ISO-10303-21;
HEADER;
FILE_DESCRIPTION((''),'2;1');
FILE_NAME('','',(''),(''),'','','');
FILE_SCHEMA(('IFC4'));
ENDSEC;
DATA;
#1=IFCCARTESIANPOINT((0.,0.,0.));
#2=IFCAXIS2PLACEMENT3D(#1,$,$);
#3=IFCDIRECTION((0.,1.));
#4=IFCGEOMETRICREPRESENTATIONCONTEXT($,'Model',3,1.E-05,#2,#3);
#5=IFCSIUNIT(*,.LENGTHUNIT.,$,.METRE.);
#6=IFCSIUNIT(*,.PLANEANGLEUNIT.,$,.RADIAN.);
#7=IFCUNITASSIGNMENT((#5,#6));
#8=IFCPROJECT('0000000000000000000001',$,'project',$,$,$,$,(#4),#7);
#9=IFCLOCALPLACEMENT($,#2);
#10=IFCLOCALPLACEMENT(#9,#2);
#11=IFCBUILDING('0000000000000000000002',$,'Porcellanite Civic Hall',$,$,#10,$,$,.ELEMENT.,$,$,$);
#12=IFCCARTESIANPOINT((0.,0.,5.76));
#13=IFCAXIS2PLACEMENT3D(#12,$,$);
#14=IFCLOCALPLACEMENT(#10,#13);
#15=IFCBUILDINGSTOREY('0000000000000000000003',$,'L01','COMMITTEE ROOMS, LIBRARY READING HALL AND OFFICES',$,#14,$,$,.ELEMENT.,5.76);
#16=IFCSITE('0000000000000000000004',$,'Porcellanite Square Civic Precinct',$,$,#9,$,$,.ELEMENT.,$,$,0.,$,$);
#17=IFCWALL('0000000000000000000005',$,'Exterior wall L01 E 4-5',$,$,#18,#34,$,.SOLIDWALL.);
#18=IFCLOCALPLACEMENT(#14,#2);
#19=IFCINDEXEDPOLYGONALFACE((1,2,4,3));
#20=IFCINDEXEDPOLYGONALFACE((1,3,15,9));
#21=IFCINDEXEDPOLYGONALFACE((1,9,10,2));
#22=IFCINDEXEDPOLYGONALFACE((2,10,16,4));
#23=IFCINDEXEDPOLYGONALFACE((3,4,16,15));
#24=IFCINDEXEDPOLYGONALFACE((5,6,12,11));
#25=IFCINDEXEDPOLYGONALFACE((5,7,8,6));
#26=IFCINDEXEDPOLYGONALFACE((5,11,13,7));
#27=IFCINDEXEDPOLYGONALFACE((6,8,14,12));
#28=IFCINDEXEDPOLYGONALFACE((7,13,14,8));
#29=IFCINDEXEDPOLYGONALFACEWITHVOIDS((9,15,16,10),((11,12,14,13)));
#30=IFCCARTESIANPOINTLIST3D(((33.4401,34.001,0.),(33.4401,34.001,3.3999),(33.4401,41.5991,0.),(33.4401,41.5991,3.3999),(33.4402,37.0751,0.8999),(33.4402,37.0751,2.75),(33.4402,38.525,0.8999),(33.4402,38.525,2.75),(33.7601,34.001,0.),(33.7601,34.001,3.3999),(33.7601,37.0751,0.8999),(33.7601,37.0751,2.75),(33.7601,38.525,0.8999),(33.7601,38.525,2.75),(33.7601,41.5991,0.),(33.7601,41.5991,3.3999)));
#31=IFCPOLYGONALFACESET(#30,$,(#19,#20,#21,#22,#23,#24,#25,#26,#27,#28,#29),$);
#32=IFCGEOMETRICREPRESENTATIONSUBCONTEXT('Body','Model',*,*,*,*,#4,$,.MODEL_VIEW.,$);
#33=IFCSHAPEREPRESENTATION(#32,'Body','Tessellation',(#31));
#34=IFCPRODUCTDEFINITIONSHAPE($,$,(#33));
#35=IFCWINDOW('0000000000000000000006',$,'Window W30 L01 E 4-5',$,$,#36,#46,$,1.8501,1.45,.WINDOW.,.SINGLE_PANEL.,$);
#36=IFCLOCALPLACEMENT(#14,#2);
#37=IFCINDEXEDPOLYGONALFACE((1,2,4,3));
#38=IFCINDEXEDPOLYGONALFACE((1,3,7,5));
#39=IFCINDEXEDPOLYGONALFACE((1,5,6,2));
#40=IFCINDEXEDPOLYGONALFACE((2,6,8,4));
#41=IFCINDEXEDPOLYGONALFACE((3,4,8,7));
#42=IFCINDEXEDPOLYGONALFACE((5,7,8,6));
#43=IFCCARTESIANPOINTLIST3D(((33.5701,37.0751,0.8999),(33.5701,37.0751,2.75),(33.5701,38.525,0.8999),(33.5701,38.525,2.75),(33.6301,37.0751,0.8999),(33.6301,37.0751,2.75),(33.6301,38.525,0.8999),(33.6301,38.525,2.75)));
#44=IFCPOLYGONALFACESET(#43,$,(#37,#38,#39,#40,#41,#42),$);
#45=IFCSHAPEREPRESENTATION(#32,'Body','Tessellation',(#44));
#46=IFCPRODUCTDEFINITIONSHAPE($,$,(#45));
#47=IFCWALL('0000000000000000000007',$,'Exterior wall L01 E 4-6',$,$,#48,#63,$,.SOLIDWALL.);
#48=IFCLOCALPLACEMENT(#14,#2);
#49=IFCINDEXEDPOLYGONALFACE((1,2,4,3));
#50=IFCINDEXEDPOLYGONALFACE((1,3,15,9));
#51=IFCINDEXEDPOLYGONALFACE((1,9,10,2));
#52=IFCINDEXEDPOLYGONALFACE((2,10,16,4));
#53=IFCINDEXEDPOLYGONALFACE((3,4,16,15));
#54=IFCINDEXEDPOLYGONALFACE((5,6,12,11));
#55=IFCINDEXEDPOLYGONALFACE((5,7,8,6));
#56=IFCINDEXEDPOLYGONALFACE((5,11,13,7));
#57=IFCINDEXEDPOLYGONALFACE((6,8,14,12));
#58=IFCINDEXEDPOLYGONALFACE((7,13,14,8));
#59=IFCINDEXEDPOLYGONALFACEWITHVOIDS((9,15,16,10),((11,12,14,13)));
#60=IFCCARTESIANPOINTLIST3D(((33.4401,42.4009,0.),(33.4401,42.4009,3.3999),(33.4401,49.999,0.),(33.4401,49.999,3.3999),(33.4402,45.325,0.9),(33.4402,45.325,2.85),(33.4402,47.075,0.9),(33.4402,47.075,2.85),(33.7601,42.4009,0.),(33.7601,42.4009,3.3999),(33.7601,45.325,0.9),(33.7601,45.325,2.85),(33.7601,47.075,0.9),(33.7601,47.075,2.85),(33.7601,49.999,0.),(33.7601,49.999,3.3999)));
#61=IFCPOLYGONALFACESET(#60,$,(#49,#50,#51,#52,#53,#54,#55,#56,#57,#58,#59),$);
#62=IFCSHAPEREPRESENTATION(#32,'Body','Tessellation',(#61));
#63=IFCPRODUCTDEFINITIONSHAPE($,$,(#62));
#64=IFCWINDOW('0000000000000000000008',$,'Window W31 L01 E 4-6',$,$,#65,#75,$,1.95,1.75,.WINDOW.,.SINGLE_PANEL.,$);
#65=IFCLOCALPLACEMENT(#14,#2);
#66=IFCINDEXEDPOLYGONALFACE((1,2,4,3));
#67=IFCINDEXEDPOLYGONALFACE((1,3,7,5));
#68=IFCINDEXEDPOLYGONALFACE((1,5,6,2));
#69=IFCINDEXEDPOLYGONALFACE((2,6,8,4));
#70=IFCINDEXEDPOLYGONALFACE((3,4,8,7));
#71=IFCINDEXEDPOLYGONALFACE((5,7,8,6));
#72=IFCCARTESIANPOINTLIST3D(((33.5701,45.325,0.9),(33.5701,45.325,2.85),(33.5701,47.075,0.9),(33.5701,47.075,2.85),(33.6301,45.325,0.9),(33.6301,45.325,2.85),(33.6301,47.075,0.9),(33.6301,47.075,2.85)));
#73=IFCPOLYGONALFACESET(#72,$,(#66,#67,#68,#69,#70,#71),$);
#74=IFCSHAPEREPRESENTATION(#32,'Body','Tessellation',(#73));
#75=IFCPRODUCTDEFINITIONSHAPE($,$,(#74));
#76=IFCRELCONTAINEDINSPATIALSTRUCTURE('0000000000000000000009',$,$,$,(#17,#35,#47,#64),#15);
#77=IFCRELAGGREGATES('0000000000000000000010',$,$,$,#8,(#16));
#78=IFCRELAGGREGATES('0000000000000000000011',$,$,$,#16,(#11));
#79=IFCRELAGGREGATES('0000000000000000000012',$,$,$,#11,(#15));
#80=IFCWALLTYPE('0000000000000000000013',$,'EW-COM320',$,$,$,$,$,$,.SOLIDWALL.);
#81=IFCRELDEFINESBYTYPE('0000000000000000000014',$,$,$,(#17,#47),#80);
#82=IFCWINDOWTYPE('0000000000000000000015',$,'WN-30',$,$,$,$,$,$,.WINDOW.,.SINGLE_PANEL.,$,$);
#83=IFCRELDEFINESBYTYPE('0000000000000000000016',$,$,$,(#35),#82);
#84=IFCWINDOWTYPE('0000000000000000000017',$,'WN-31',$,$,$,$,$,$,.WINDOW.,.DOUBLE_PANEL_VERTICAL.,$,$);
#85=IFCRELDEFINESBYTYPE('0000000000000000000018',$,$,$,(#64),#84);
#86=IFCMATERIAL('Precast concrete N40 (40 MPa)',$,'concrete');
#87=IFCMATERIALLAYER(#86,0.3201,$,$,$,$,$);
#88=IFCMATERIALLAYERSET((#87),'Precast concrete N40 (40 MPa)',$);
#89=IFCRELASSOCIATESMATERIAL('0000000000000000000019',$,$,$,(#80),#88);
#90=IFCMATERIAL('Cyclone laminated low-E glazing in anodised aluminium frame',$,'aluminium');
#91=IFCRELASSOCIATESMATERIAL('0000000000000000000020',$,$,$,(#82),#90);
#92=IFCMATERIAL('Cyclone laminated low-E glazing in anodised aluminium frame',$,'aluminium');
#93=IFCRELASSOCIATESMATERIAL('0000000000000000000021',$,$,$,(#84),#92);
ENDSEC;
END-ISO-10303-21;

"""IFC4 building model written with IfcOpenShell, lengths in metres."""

from ifc_helpers import new_model, si_unit, direction, frame, frame_2d, origin, place, context, subcontext, project, spatial, rectangle, extrude, material, layer, layer_set, type_object, element, fill, save


model = new_model("IFC4")

# Units and contexts
model_context = context("Model", 3, precision=1e-05, world=origin(), true_north=direction((0.0, 1.0)))
body_context = subcontext(model_context, "Body", "Model", "MODEL_VIEW")
ifc_project = project(units=[si_unit("LENGTHUNIT", "METRE"), si_unit("PLANEANGLEUNIT", "RADIAN")], contexts=[model_context])

# Site, building, storey
site_placement = place(None, origin())
site = spatial("IfcSite", under=ifc_project, at=site_placement, Name="Porcellanite Square Civic Precinct", CompositionType="ELEMENT", RefElevation=0.0)
building_placement = place(site_placement, origin())
building = spatial("IfcBuilding", under=site, at=building_placement, Name="Porcellanite Civic Hall", CompositionType="ELEMENT")
storey_placement = place(building_placement, frame((0.0, 0.0, 5.76)))
storey = spatial("IfcBuildingStorey", under=building, at=storey_placement, Name="L01", Description="COMMITTEE ROOMS, LIBRARY READING HALL AND OFFICES", CompositionType="ELEMENT", Elevation=5.76)

# Walls, openings, windows
ifc_material_1 = material(Name="Precast concrete N40 (40 MPa)", Category="concrete")
ifc_layer_1 = layer(ifc_material_1, 0.3201)
ifc_layer_set_1 = layer_set([ifc_layer_1], Name="Precast concrete N40 (40 MPa)")
wall_type_1 = type_object("IfcWallType", Name="EW-COM320", PredefinedType="SOLIDWALL", material=ifc_layer_set_1)
wall_1_placement = place(storey_placement, frame((33.6001, 41.5991, 0.0), z_axis=(0.0, 0.0, 1.0), x_axis=(0.0, -1.0, 0.0)))
wall_1 = element("IfcWall", 1, at=wall_1_placement, inside=storey, type_object=wall_type_1, Name="Exterior wall L01 E 4-5", PredefinedType="SOLIDWALL", context=body_context, shape_type="SweptSolid", body=[
    extrude(rectangle(XDim=7.5981, YDim=0.3201, at=frame_2d((3.7991, 0.0))), origin(), (0.0, 0.0, 1.0), 3.3999),
])
opening_1_placement = place(wall_1_placement, frame((3.074, 0.0, 0.8999)))
opening_1 = element("IfcOpeningElement", 2, at=opening_1_placement, cuts=wall_1, PredefinedType="OPENING", context=body_context, shape_type="SweptSolid", body=[
    extrude(rectangle(XDim=1.45, YDim=1.8501, at=frame_2d((0.7251, 0.925))), frame((0.0, 0.1602, 0.0), z_axis=(0.0, -1.0, 0.0), x_axis=(1.0, 0.0, 0.0)), (0.0, 0.0, 1.0), 0.3201),
])
ifc_material_2 = material(Name="Cyclone laminated low-E glazing in anodised aluminium frame", Category="aluminium")
window_type_1 = type_object("IfcWindowType", Name="WN-30", PartitioningType="SINGLE_PANEL", PredefinedType="WINDOW", material=ifc_material_2)
window_1_placement = place(opening_1_placement, origin())
window_1 = element("IfcWindow", 3, at=window_1_placement, inside=storey, type_object=window_type_1, Name="Window W30 L01 E 4-5", OverallHeight=1.8501, OverallWidth=1.45, PartitioningType="SINGLE_PANEL", PredefinedType="WINDOW", context=body_context, shape_type="SweptSolid", body=[
    extrude(rectangle(XDim=1.45, YDim=1.8501, at=frame_2d((0.7251, 0.925))), frame((0.0, 0.03, 0.0), z_axis=(0.0, -1.0, 0.0), x_axis=(1.0, 0.0, 0.0)), (0.0, 0.0, 1.0), 0.0601),
])
fill(opening_1, window_1)
wall_2_placement = place(storey_placement, frame((33.6001, 49.999, 0.0), z_axis=(0.0, 0.0, 1.0), x_axis=(0.0, -1.0, 0.0)))
wall_2 = element("IfcWall", 4, at=wall_2_placement, inside=storey, type_object=wall_type_1, Name="Exterior wall L01 E 4-6", PredefinedType="SOLIDWALL", context=body_context, shape_type="SweptSolid", body=[
    extrude(rectangle(XDim=7.5981, YDim=0.3201, at=frame_2d((3.7991, 0.0))), origin(), (0.0, 0.0, 1.0), 3.3999),
])
opening_2_placement = place(wall_2_placement, frame((2.9241, 0.0, 0.8999)))
opening_2 = element("IfcOpeningElement", 5, at=opening_2_placement, cuts=wall_2, PredefinedType="OPENING", context=body_context, shape_type="SweptSolid", body=[
    extrude(rectangle(XDim=1.75, YDim=1.95, at=frame_2d((0.875, 0.9751))), frame((0.0, 0.1602, 0.0), z_axis=(0.0, -1.0, 0.0), x_axis=(1.0, 0.0, 0.0)), (0.0, 0.0, 1.0), 0.3201),
])
ifc_material_3 = material(Name="Cyclone laminated low-E glazing in anodised aluminium frame", Category="aluminium")
window_type_2 = type_object("IfcWindowType", Name="WN-31", PartitioningType="DOUBLE_PANEL_VERTICAL", PredefinedType="WINDOW", material=ifc_material_3)
window_2_placement = place(opening_2_placement, origin())
window_2 = element("IfcWindow", 6, at=window_2_placement, inside=storey, type_object=window_type_2, Name="Window W31 L01 E 4-6", OverallHeight=1.95, OverallWidth=1.75, PartitioningType="SINGLE_PANEL", PredefinedType="WINDOW", context=body_context, shape_type="SweptSolid", body=[
    extrude(rectangle(XDim=1.75, YDim=1.95, at=frame_2d((0.875, 0.9751))), frame((0.0, 0.03, 0.0), z_axis=(0.0, -1.0, 0.0), x_axis=(1.0, 0.0, 0.0)), (0.0, 0.0, 1.0), 0.0601),
])
fill(opening_2, window_2)

save(model, "model.ifc")
